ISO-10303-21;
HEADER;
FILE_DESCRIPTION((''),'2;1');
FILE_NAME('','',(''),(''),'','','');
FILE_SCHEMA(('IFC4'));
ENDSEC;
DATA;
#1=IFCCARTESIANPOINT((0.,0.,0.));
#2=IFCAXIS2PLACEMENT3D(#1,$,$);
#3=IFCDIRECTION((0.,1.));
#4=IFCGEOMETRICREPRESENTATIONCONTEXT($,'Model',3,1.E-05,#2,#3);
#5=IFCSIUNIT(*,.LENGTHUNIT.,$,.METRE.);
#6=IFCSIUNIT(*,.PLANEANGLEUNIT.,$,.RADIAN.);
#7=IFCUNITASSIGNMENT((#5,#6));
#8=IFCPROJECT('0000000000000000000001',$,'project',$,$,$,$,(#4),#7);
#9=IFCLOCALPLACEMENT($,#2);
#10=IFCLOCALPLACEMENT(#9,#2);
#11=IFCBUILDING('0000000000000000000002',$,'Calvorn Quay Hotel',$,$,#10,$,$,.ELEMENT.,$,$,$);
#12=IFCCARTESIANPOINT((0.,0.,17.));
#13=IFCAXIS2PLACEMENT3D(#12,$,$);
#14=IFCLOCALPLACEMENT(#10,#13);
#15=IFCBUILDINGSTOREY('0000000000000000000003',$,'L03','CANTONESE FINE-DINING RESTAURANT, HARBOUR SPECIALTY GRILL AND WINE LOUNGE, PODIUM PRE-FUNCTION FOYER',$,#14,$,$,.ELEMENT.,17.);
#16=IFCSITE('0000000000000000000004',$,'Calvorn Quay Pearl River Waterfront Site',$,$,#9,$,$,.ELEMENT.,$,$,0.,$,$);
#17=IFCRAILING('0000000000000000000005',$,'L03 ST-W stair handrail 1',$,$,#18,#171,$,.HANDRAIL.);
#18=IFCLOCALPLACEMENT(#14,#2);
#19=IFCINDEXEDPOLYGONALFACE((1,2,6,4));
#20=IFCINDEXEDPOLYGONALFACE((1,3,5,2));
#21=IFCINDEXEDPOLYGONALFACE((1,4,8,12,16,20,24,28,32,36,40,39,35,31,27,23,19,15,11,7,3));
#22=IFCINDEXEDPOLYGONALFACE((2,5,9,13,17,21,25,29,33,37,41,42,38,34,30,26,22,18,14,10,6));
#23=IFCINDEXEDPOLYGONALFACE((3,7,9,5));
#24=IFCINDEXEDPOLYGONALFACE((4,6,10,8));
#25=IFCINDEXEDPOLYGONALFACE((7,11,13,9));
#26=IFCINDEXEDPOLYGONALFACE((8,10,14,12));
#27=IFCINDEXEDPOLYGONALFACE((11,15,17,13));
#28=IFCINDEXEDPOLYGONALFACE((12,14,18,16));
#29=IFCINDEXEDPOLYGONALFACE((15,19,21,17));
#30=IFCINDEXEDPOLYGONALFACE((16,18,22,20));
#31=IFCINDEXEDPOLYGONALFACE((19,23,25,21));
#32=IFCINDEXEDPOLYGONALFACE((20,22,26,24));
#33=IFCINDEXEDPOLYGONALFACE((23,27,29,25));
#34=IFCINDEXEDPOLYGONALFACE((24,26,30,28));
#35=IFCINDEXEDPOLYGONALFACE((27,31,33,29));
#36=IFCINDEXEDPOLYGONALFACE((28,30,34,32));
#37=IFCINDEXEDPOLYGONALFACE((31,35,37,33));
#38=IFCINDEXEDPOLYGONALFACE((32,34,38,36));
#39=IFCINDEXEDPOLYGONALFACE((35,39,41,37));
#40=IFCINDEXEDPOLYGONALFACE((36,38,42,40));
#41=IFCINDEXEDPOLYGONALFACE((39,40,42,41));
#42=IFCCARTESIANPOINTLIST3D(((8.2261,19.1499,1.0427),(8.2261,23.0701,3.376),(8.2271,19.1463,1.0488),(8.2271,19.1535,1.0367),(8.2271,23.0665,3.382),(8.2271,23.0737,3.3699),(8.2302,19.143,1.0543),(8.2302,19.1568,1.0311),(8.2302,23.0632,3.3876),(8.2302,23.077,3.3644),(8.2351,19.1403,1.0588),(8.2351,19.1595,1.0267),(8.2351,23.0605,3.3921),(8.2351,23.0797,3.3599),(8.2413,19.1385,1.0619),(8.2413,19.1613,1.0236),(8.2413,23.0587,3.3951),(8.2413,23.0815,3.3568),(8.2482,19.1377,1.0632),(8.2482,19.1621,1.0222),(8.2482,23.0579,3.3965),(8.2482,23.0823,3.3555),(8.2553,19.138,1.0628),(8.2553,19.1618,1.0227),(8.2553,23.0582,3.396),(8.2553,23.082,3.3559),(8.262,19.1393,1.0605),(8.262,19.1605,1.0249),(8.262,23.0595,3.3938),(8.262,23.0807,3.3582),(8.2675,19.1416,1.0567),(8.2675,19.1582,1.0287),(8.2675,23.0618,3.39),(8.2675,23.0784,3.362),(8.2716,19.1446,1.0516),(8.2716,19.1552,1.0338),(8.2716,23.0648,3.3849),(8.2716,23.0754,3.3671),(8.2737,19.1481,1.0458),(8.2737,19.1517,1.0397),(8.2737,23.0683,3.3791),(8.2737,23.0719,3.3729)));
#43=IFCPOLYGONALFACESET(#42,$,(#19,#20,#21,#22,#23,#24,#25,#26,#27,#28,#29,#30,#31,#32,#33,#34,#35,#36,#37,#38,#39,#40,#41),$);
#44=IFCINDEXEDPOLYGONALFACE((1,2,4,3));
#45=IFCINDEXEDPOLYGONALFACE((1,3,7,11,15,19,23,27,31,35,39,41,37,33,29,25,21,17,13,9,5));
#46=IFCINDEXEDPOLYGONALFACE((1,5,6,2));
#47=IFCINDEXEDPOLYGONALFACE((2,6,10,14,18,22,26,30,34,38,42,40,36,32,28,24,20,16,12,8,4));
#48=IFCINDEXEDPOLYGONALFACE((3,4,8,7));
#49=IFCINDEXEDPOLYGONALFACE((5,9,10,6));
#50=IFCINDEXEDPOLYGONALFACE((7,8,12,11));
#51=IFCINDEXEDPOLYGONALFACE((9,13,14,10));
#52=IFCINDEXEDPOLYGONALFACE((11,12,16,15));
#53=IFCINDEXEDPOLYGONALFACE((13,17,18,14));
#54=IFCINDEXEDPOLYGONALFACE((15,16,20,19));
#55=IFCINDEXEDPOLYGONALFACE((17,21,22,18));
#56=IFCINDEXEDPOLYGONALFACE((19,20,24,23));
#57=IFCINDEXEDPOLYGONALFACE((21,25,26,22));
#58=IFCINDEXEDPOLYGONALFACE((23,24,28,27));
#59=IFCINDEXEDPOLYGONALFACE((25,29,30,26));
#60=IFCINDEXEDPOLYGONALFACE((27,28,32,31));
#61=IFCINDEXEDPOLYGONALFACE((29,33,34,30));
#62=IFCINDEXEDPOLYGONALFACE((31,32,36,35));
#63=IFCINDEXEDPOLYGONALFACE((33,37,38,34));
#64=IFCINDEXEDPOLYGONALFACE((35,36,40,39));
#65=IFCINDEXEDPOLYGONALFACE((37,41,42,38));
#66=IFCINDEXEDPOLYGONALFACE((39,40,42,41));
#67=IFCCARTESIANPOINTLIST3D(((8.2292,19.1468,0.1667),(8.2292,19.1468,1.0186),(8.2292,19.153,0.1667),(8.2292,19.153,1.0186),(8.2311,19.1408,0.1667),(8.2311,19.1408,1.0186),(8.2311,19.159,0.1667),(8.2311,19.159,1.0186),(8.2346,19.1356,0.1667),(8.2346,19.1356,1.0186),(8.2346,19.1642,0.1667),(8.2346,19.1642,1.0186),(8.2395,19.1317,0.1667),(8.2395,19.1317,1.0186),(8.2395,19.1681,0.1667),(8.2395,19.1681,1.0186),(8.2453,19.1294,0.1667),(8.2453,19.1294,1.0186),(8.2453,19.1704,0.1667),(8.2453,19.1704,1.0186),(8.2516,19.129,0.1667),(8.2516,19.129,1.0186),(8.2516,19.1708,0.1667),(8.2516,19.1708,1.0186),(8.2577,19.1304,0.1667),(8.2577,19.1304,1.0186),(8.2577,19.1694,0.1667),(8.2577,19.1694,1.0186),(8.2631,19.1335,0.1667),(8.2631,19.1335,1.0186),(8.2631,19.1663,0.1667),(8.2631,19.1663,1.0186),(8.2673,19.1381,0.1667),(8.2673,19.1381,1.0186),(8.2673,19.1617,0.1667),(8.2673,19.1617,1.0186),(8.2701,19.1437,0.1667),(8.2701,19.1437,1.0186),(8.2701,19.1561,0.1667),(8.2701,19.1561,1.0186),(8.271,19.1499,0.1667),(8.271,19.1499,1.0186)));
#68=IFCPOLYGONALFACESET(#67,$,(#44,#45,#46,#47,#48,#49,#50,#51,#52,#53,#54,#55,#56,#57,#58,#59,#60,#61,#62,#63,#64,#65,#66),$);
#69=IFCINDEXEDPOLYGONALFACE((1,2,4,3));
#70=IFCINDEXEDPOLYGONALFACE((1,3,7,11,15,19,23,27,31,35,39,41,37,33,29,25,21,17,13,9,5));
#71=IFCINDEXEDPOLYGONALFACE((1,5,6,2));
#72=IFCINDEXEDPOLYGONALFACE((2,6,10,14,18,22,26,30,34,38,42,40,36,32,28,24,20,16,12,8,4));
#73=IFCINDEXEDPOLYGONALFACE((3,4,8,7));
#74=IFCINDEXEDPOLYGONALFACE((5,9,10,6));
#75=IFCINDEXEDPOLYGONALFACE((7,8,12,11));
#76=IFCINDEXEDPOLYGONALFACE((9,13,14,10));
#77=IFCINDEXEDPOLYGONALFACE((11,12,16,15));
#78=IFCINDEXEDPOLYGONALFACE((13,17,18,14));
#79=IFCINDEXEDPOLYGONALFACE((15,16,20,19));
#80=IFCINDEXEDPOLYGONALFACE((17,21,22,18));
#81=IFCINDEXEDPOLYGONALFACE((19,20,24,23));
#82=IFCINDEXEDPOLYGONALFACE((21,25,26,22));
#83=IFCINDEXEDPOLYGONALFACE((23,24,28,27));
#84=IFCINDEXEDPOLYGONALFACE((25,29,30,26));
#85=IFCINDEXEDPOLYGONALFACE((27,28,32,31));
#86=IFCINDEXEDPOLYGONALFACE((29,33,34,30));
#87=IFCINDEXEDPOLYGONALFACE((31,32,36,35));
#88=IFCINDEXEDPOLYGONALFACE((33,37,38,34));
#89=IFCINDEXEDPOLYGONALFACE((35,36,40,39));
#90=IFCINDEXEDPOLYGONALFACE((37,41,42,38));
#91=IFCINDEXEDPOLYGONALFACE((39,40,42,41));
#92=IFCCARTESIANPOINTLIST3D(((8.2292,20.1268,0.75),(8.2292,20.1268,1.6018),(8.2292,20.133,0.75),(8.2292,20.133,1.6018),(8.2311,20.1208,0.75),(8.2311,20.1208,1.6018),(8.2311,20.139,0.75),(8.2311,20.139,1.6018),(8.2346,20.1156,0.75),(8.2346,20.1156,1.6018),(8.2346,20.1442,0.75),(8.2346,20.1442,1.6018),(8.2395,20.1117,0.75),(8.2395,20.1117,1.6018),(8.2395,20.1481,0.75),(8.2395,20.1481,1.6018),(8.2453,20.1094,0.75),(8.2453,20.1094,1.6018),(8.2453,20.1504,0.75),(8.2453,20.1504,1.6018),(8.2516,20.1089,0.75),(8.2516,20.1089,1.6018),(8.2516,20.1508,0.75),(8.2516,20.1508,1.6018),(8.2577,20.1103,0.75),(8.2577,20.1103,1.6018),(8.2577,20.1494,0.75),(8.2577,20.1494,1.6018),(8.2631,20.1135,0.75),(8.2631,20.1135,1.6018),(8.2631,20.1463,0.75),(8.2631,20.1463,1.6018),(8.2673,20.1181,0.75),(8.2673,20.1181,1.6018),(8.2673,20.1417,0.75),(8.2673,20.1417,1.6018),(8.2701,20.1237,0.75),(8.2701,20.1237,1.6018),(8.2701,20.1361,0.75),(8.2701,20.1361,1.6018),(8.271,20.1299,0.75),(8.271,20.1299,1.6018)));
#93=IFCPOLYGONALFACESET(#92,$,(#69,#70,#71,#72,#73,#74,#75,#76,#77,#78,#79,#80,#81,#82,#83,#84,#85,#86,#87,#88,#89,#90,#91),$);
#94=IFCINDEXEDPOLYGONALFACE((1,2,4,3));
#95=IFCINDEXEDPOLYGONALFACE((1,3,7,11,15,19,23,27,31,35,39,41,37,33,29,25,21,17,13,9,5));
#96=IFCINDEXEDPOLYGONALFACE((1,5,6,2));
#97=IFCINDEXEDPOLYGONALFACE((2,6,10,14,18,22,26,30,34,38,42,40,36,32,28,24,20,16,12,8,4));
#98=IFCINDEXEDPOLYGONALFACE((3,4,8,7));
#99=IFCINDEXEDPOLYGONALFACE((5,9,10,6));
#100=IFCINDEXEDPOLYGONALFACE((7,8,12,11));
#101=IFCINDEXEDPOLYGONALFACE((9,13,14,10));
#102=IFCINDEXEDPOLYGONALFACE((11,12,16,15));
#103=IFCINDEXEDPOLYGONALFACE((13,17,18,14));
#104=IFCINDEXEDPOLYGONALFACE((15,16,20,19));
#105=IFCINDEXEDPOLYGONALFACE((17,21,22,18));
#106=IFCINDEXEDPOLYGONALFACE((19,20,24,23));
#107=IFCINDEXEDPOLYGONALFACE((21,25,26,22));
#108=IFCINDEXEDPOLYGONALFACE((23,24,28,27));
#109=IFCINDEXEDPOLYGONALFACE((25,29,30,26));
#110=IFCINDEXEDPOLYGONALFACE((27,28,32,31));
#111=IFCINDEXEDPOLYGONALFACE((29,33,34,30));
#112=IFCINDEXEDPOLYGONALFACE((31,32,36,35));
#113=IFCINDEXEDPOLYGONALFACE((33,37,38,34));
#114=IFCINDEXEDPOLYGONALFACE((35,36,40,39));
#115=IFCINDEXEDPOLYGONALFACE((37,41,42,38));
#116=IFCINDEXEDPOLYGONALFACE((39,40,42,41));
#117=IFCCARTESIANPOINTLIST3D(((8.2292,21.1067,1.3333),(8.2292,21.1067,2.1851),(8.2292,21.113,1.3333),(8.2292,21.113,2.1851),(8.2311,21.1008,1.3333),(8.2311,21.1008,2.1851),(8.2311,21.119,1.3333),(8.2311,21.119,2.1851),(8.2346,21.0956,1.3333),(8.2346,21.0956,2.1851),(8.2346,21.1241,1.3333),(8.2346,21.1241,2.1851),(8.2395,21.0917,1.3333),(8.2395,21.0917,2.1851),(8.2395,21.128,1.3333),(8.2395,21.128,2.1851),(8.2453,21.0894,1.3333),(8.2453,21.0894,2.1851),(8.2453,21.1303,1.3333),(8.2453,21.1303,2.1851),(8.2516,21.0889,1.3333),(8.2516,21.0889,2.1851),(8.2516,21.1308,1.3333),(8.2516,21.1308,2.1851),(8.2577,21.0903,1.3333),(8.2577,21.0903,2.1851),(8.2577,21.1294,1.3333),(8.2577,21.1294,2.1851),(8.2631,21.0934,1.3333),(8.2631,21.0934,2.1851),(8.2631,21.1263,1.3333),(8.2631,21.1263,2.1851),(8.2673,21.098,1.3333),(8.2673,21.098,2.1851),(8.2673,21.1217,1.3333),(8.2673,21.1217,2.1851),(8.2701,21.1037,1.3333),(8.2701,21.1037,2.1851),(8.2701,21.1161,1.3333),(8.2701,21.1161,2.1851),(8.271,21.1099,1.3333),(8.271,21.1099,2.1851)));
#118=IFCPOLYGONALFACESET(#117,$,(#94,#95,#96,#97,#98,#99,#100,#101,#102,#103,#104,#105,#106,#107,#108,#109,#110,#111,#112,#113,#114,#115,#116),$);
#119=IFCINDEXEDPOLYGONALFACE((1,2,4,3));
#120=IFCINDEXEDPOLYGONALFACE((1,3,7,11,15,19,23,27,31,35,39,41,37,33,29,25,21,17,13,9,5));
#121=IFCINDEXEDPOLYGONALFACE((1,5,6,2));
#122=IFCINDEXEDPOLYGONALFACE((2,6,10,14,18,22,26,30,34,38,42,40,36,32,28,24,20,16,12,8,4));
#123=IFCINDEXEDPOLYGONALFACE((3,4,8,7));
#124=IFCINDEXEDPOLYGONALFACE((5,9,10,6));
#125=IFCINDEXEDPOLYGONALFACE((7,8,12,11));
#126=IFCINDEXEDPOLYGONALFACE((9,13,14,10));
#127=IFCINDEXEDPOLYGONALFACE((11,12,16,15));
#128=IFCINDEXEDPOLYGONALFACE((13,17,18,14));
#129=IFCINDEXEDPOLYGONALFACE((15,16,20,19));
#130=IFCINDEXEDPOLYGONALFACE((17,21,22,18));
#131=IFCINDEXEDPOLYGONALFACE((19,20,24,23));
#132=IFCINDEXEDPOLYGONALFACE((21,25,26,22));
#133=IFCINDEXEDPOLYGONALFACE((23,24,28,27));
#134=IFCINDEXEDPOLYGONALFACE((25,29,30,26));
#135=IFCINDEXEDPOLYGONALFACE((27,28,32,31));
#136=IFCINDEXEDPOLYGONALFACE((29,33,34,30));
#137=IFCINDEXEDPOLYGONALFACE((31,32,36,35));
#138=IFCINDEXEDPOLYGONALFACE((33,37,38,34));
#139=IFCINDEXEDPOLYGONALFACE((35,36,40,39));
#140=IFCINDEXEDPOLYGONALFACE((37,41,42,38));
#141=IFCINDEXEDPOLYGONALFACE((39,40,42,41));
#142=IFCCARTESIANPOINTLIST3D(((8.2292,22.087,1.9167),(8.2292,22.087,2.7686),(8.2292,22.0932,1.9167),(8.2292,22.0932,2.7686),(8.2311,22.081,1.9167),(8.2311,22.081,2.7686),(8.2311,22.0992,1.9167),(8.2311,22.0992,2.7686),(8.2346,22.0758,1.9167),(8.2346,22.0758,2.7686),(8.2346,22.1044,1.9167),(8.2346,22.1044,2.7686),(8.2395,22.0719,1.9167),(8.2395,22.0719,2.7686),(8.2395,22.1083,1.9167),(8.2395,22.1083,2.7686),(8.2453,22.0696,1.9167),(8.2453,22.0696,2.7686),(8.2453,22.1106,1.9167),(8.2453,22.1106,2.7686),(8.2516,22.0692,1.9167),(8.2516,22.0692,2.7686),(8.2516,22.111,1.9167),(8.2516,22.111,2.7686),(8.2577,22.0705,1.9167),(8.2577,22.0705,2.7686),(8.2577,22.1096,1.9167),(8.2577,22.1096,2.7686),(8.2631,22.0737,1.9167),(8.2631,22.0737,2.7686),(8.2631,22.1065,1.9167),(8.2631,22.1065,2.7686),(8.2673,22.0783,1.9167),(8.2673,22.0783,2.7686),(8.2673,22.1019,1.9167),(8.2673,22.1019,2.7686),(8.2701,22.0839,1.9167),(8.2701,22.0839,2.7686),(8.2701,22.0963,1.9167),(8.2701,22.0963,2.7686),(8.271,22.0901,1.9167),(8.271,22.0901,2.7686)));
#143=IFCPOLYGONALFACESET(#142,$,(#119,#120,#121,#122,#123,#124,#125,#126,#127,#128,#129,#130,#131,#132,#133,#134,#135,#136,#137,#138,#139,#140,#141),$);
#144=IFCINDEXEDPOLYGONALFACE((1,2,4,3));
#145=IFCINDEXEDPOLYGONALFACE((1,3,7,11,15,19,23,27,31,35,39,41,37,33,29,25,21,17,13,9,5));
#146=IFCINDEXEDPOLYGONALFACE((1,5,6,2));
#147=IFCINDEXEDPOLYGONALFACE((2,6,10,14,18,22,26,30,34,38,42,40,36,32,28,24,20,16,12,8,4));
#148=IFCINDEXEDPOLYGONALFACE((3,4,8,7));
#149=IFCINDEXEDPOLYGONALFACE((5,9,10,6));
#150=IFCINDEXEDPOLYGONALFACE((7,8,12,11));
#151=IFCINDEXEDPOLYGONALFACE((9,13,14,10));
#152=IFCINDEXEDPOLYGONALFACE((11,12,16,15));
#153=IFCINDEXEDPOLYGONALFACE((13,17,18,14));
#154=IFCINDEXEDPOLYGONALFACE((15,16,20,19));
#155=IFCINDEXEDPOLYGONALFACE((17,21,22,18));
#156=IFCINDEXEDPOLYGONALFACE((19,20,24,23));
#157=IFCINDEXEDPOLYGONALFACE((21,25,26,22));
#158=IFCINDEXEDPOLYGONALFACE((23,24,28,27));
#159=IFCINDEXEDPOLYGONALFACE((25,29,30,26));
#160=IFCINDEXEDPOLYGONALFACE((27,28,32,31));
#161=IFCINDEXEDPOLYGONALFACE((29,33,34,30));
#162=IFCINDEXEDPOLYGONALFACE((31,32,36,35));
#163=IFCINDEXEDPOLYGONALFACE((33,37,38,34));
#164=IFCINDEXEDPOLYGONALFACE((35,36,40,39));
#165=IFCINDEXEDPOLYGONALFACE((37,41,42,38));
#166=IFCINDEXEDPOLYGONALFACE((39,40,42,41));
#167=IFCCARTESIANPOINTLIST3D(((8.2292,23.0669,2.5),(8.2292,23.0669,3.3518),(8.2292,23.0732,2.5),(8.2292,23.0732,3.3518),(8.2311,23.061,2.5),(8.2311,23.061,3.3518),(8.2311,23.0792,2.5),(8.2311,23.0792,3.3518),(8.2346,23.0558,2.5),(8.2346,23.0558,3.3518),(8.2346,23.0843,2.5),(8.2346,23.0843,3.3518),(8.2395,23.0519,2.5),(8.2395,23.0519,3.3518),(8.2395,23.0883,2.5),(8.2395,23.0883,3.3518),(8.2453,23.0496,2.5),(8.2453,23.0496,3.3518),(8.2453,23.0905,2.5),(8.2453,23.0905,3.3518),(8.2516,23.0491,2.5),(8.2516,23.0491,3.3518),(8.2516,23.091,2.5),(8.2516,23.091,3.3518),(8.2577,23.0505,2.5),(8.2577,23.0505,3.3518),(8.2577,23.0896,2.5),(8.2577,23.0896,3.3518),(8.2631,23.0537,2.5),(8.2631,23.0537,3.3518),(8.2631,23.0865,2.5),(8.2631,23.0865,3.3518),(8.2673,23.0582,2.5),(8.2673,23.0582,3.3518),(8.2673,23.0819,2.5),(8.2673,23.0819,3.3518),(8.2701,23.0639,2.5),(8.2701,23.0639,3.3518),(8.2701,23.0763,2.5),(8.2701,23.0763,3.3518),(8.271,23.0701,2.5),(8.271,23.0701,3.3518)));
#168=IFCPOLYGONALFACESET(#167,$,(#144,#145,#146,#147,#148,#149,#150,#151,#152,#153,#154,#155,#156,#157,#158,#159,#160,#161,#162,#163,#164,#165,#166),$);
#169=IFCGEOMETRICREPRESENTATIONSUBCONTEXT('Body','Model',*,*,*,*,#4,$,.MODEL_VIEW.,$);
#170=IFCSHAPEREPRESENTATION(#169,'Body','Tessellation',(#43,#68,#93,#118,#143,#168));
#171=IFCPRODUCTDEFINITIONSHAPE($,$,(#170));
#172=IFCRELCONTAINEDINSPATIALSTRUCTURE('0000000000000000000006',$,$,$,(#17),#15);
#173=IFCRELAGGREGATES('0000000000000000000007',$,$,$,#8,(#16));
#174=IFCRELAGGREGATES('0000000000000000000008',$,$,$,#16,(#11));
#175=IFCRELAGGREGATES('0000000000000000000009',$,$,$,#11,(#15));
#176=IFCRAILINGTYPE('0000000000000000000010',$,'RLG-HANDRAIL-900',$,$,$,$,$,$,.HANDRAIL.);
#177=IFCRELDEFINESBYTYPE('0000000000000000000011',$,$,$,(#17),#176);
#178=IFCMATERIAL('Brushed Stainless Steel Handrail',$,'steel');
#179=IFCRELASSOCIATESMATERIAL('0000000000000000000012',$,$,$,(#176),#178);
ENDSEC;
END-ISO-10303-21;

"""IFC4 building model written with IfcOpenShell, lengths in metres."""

from ifc_helpers import new_model, si_unit, direction, frame, origin, origin_2d, place, context, subcontext, project, spatial, circle, extrude, material, type_object, element, save


model = new_model("IFC4")

# Units and contexts
model_context = context("Model", 3, precision=1e-05, world=origin(), true_north=direction((0.0, 1.0)))
body_context = subcontext(model_context, "Body", "Model", "MODEL_VIEW")
ifc_project = project(units=[si_unit("LENGTHUNIT", "METRE"), si_unit("PLANEANGLEUNIT", "RADIAN")], contexts=[model_context])

# Site, building, storey
site_placement = place(None, origin())
site = spatial("IfcSite", under=ifc_project, at=site_placement, Name="Calvorn Quay Pearl River Waterfront Site", CompositionType="ELEMENT", RefElevation=0.0)
building_placement = place(site_placement, origin())
building = spatial("IfcBuilding", under=site, at=building_placement, Name="Calvorn Quay Hotel", CompositionType="ELEMENT")
storey_placement = place(building_placement, frame((0.0, 0.0, 17.0)))
storey = spatial("IfcBuildingStorey", under=building, at=storey_placement, Name="L03", Description="CANTONESE FINE-DINING RESTAURANT, HARBOUR SPECIALTY GRILL AND WINE LOUNGE, PODIUM PRE-FUNCTION FOYER", CompositionType="ELEMENT", Elevation=17.0)

# Railing
ifc_material_1 = material(Name="Brushed Stainless Steel Handrail", Category="steel")
railing_type_1 = type_object("IfcRailingType", Name="RLG-HANDRAIL-900", PredefinedType="HANDRAIL", material=ifc_material_1)
railing_1_placement = place(storey_placement, frame((8.25, 19.1499, 0.1667)))
element("IfcRailing", 1, at=railing_1_placement, inside=storey, type_object=railing_type_1, Name="L03 ST-W stair handrail 1", PredefinedType="HANDRAIL", context=body_context, shape_type="SweptSolid", body=[
    extrude(circle(Radius=0.0239, at=origin_2d()), frame((0.0, 0.0, 0.876), z_axis=(0.0, 0.85931, 0.511455), x_axis=(-1.0, 0.0, 0.0)), (0.0, 0.0, 1.0), 4.562),
    extrude(circle(Radius=0.021, at=origin_2d()), origin(), (0.0, 0.0, 1.0), 0.8518),
    extrude(circle(Radius=0.021, at=origin_2d()), frame((0.0, 0.98, 0.5833)), (0.0, 0.0, 1.0), 0.8518),
    extrude(circle(Radius=0.021, at=origin_2d()), frame((0.0, 1.96, 1.1665)), (0.0, 0.0, 1.0), 0.8518),
    extrude(circle(Radius=0.021, at=origin_2d()), frame((0.0, 2.9402, 1.75)), (0.0, 0.0, 1.0), 0.8518),
    extrude(circle(Radius=0.021, at=origin_2d()), frame((0.0, 3.9202, 2.3333)), (0.0, 0.0, 1.0), 0.8518),
])

save(model, "model.ifc")
